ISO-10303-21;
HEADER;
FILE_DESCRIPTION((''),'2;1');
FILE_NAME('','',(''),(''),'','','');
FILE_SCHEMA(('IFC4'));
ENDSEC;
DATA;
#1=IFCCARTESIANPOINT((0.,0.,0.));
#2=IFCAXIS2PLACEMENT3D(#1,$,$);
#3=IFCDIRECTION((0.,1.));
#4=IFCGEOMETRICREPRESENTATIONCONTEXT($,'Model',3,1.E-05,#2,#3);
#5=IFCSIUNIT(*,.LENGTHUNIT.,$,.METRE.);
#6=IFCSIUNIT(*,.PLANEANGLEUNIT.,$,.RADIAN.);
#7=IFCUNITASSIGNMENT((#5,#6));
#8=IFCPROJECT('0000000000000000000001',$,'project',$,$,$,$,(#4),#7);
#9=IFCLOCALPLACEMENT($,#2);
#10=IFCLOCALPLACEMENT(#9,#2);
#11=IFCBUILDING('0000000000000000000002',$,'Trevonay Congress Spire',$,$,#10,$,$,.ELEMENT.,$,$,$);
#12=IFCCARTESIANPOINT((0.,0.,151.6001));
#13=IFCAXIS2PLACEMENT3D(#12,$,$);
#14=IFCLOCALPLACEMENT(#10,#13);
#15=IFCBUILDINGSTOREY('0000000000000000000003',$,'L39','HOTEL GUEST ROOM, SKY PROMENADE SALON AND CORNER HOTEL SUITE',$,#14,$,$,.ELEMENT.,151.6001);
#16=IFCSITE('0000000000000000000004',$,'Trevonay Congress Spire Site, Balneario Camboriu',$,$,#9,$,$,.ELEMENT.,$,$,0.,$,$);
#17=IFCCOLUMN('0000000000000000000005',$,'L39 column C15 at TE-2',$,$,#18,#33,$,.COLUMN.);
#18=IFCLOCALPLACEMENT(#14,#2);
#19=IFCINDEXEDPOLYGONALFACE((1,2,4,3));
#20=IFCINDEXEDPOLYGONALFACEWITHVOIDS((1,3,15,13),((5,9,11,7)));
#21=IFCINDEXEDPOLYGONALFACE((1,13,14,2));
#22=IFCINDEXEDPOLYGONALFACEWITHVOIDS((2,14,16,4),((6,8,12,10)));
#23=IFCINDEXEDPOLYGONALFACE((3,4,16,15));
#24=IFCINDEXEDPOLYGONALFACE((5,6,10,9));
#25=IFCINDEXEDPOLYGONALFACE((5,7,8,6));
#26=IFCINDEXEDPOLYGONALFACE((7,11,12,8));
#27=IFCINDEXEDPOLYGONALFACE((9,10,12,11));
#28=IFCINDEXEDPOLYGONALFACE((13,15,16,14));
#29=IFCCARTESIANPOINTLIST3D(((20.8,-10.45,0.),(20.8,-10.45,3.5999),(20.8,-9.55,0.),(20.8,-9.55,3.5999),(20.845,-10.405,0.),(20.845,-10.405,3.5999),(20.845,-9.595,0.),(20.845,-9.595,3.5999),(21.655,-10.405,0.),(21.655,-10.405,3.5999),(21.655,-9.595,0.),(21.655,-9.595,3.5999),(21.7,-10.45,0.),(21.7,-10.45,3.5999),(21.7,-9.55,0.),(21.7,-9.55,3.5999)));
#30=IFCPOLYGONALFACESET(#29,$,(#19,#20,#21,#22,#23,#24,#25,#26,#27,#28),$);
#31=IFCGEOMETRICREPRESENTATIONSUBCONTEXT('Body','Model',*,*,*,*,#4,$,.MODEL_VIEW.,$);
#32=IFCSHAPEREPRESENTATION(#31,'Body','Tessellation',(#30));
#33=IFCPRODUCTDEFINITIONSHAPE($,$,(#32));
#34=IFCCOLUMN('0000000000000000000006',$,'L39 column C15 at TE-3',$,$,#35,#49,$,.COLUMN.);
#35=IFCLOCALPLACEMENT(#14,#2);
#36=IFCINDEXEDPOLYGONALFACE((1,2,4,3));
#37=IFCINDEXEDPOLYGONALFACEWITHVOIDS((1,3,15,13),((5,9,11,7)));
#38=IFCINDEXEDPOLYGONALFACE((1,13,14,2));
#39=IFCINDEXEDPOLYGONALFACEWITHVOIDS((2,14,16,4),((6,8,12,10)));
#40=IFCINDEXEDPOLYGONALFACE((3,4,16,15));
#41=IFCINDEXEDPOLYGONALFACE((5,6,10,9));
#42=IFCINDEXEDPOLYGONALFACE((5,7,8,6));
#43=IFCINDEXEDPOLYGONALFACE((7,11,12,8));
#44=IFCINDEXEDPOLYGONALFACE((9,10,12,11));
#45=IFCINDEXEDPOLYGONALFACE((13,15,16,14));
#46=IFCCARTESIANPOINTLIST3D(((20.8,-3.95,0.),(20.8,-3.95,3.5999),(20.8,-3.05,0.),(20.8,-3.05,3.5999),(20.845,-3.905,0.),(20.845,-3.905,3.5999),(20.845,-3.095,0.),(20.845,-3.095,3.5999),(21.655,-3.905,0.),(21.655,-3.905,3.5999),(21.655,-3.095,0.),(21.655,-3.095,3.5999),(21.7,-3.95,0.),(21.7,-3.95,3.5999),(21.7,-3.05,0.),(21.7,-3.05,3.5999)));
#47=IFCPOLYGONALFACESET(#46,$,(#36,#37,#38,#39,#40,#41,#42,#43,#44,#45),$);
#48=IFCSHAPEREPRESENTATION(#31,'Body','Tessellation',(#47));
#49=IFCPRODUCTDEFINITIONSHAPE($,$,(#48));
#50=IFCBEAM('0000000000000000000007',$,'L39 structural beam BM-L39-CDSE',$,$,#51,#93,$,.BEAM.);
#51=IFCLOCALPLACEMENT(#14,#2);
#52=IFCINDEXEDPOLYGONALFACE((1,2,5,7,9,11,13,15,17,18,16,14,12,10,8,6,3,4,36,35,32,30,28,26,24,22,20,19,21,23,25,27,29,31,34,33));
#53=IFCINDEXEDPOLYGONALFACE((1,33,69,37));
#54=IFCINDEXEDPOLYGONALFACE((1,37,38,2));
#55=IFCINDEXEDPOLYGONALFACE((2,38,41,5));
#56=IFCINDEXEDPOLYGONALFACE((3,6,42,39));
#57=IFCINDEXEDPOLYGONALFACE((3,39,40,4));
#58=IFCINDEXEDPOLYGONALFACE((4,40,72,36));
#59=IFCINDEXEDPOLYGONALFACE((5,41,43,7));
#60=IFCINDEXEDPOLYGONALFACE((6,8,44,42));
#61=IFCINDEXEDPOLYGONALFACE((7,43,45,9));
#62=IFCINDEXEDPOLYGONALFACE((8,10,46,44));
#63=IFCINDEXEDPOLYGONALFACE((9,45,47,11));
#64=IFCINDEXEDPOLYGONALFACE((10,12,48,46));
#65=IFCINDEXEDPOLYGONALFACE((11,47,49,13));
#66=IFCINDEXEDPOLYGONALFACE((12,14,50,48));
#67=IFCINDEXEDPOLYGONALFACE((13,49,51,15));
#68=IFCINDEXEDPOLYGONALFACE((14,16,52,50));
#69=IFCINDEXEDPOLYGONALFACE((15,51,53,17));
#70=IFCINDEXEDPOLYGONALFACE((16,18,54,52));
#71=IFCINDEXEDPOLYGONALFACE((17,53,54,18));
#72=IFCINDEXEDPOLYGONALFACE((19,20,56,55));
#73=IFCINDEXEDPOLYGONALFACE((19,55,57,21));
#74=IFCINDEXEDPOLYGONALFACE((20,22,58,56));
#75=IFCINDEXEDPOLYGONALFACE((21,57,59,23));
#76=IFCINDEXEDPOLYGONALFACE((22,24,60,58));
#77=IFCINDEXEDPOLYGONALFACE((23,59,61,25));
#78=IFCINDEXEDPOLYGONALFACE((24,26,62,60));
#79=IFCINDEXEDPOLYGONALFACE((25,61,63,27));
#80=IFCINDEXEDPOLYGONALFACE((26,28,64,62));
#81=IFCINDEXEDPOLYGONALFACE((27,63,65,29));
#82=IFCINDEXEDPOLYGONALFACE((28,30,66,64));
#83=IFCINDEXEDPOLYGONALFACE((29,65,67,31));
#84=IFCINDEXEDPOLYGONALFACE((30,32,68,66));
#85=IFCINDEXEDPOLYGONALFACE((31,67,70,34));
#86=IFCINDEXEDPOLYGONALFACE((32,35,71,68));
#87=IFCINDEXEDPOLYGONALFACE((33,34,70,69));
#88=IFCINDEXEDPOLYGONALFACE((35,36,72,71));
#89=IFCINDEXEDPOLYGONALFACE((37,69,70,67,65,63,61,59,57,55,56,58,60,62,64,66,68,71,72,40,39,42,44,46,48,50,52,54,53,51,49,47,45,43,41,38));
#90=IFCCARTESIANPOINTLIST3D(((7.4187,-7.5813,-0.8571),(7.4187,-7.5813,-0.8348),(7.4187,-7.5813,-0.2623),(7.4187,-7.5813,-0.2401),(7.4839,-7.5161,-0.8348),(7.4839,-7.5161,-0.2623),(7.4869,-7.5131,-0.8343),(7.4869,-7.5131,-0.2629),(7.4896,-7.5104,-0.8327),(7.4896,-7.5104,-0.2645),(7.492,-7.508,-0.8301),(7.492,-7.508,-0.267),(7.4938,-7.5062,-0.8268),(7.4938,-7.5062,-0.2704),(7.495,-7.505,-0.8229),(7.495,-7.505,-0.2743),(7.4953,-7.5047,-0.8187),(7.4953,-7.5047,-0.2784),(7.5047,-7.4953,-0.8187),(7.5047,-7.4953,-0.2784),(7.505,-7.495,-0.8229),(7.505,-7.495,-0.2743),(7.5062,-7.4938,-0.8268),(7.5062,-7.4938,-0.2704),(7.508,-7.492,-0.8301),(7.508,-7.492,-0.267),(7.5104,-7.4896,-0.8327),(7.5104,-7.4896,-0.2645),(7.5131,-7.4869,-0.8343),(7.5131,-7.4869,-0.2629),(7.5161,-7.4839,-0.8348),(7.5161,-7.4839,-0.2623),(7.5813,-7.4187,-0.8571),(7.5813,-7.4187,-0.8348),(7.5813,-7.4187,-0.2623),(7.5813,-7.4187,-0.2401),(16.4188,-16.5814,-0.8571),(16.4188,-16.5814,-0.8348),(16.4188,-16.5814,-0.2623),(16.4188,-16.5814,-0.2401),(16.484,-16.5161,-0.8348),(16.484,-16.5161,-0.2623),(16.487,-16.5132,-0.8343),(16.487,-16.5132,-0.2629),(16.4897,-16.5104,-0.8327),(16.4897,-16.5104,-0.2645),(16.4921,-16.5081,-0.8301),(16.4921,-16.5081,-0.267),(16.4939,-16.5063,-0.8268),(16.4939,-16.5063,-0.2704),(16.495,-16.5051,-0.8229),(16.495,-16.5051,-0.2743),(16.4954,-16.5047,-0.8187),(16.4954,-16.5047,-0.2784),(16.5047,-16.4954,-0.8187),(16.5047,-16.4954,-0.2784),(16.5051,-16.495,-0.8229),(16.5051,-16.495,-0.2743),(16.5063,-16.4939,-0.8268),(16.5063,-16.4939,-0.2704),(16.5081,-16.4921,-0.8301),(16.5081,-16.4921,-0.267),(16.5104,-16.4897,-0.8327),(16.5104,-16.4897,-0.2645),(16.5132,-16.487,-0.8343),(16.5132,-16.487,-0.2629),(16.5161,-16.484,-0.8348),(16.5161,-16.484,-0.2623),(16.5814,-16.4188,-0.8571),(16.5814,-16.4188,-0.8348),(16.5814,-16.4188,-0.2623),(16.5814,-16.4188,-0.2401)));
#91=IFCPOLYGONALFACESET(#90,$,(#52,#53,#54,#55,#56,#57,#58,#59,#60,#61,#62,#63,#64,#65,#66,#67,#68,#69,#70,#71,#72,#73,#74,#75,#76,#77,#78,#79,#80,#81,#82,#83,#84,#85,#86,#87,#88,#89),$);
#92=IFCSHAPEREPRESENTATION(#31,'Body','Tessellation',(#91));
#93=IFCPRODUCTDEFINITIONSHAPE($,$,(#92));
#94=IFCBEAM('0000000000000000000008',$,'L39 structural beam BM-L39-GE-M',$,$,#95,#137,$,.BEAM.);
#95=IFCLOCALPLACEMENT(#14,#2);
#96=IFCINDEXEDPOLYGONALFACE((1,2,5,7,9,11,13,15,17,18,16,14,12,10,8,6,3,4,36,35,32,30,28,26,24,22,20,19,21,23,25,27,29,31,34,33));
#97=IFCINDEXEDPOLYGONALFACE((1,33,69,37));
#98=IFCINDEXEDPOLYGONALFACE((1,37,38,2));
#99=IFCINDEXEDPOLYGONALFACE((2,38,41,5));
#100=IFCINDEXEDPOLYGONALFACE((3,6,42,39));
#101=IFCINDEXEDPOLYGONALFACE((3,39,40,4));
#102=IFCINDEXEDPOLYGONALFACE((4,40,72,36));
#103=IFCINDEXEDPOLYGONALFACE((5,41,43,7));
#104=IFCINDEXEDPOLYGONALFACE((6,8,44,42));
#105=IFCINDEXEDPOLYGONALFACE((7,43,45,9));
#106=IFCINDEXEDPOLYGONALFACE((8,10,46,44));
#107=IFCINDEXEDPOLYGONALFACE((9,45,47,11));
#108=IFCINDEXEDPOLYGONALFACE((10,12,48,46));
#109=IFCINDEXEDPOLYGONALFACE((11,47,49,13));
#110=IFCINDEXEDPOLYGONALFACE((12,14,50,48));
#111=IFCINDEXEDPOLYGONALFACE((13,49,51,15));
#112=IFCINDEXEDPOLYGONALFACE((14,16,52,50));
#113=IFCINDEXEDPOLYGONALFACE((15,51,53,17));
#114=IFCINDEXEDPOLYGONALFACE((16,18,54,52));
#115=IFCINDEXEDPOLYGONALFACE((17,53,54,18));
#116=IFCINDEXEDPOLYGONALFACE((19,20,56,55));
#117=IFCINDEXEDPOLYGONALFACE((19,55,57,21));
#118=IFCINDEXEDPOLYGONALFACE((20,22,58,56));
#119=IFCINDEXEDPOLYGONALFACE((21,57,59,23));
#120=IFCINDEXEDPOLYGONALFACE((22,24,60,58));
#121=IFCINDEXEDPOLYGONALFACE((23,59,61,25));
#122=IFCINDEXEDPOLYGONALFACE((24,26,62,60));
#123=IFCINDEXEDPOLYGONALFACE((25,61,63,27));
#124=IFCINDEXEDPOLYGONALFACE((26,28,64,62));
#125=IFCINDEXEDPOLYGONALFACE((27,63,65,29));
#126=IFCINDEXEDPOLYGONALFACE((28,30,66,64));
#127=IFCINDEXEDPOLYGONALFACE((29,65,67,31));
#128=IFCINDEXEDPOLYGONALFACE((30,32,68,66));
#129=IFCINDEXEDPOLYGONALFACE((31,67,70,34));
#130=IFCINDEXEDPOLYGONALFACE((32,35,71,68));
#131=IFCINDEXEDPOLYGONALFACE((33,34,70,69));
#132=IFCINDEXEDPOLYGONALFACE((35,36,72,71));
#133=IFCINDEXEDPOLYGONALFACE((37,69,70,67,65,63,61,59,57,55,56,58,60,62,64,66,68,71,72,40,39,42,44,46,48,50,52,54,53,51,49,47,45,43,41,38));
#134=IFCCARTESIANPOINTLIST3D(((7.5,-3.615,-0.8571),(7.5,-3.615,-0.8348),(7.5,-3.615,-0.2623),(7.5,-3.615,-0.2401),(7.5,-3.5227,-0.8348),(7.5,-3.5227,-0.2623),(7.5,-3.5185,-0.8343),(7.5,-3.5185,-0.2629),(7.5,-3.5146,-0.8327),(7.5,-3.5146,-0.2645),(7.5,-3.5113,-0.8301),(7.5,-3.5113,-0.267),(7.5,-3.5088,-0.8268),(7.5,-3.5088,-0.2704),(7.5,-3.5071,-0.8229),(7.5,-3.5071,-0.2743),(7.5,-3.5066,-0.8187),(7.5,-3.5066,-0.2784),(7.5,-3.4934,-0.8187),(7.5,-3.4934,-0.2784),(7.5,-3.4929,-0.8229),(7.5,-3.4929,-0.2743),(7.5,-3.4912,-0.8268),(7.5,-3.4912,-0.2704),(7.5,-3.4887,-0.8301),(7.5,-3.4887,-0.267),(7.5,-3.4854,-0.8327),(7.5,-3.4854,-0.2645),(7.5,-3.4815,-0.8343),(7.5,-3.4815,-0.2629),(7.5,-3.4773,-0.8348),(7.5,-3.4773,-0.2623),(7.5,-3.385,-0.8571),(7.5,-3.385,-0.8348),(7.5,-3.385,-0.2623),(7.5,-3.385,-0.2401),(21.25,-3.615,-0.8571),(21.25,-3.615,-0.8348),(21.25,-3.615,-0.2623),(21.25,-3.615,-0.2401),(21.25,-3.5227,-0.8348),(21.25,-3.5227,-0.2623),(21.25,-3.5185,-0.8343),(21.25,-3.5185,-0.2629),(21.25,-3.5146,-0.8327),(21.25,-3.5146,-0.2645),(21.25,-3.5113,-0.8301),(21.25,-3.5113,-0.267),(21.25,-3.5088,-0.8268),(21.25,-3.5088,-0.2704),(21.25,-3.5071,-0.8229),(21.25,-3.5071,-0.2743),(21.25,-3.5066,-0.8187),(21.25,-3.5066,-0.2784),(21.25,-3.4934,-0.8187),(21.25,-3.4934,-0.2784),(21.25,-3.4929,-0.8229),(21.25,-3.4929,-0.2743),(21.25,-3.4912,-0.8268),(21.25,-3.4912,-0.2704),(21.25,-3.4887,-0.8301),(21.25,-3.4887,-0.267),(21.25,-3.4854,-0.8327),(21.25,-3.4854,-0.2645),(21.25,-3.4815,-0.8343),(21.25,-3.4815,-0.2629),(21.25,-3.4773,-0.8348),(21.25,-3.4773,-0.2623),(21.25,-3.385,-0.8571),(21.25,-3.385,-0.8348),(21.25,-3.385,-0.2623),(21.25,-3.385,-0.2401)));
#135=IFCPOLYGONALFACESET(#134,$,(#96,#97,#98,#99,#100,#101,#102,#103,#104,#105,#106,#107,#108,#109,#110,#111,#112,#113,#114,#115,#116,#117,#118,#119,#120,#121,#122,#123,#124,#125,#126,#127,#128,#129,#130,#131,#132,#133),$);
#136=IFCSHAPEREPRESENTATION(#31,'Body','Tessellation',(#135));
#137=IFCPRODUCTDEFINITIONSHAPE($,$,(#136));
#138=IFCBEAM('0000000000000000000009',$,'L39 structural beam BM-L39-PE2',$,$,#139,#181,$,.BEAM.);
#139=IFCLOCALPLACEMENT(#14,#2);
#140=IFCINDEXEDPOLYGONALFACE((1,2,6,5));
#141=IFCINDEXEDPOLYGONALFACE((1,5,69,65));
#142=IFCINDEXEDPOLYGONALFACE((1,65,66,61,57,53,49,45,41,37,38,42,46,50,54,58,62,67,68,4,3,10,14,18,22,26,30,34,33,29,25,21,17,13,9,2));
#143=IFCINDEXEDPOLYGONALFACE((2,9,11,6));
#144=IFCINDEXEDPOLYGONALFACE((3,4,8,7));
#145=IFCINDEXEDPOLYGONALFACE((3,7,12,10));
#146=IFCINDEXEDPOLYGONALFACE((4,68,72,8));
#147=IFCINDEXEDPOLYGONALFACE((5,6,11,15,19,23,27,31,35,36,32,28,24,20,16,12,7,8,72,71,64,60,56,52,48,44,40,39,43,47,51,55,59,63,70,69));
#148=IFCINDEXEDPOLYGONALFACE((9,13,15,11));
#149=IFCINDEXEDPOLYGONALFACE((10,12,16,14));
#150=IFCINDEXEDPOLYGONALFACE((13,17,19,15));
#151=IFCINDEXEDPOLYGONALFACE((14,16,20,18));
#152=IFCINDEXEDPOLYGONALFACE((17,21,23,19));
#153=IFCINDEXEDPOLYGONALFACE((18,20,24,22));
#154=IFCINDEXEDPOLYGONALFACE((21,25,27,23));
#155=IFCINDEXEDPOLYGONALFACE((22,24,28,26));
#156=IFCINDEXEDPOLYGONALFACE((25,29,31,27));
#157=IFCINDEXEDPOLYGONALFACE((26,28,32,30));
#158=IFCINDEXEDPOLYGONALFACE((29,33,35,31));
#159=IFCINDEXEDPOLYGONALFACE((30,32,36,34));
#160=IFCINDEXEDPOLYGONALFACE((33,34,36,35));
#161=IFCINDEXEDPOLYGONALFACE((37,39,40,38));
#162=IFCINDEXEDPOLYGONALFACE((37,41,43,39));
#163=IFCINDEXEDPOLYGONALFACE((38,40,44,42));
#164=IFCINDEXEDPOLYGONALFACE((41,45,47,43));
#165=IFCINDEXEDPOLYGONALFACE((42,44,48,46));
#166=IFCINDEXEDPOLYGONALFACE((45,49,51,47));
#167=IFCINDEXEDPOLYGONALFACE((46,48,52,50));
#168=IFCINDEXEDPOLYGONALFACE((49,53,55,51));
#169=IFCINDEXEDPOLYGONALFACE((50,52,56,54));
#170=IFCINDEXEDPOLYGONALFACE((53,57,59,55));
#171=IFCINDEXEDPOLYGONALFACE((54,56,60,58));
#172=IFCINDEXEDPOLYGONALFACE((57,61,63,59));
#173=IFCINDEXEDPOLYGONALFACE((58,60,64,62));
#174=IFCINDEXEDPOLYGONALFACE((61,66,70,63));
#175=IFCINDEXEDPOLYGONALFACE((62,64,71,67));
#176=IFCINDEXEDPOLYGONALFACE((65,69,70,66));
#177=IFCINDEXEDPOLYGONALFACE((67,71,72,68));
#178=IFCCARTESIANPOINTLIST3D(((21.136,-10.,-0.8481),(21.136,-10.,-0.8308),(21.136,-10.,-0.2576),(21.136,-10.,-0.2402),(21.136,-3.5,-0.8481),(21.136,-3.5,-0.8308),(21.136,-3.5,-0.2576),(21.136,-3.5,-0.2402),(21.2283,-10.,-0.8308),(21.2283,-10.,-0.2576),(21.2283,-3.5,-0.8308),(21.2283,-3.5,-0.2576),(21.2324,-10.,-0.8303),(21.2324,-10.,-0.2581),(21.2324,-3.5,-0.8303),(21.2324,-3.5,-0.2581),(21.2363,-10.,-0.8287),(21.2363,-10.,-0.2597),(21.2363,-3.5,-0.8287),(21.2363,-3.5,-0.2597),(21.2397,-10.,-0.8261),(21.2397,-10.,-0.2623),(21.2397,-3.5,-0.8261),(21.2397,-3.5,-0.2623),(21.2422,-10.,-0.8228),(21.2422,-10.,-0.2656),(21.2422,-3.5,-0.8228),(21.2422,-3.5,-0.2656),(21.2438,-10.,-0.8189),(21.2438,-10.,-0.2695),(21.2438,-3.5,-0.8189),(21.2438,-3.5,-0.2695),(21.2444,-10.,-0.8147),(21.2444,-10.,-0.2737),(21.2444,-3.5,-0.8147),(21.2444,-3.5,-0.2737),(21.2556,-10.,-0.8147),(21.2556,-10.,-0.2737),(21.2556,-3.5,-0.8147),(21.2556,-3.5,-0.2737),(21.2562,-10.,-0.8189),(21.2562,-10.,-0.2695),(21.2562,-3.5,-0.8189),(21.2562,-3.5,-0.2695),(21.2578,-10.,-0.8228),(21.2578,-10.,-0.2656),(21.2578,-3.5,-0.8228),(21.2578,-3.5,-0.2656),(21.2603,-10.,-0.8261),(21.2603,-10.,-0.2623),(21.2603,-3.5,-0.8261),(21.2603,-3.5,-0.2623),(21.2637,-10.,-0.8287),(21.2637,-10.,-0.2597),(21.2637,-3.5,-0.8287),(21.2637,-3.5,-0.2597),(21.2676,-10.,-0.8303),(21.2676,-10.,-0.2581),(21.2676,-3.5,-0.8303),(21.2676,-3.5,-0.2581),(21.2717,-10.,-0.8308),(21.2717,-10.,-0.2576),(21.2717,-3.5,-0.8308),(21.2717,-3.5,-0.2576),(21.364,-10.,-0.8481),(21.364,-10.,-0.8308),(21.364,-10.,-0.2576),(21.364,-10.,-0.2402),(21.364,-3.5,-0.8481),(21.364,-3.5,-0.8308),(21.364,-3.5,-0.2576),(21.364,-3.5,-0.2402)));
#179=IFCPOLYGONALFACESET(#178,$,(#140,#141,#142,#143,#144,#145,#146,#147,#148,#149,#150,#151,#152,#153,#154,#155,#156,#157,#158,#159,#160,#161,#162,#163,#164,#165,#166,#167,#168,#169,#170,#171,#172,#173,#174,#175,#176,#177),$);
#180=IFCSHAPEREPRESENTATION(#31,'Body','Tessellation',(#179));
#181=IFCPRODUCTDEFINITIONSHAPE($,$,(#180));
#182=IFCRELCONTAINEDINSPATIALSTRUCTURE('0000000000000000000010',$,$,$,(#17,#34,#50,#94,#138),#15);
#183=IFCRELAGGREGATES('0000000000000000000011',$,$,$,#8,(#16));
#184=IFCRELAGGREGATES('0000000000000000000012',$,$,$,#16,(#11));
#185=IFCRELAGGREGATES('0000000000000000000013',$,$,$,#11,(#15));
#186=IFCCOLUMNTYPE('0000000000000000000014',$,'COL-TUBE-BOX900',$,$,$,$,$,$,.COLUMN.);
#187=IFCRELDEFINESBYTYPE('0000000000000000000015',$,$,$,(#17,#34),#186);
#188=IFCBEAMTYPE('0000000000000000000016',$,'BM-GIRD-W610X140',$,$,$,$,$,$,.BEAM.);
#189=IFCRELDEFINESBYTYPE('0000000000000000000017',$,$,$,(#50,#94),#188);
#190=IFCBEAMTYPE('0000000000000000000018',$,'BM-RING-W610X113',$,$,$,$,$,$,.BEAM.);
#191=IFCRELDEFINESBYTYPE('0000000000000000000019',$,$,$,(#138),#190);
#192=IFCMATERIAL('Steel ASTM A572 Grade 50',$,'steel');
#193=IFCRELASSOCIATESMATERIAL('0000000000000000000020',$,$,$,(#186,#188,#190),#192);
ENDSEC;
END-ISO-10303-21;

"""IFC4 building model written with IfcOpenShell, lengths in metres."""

from ifc_helpers import new_model, si_unit, direction, frame, origin, origin_2d, place, context, subcontext, project, spatial, hollow_rectangle, i_section, extrude, material, material_profile, profile_set, type_object, element, save


model = new_model("IFC4")

# Units and contexts
model_context = context("Model", 3, precision=1e-05, world=origin(), true_north=direction((0.0, 1.0)))
body_context = subcontext(model_context, "Body", "Model", "MODEL_VIEW")
ifc_project = project(units=[si_unit("LENGTHUNIT", "METRE"), si_unit("PLANEANGLEUNIT", "RADIAN")], contexts=[model_context])

# Site, building, storey
site_placement = place(None, origin())
site = spatial("IfcSite", under=ifc_project, at=site_placement, Name="Trevonay Congress Spire Site, Balneario Camboriu", CompositionType="ELEMENT", RefElevation=0.0)
building_placement = place(site_placement, origin())
building = spatial("IfcBuilding", under=site, at=building_placement, Name="Trevonay Congress Spire", CompositionType="ELEMENT")
storey_placement = place(building_placement, frame((0.0, 0.0, 151.6001)))
storey = spatial("IfcBuildingStorey", under=building, at=storey_placement, Name="L39", Description="HOTEL GUEST ROOM, SKY PROMENADE SALON AND CORNER HOTEL SUITE", CompositionType="ELEMENT", Elevation=151.6001)

# Columns
ifc_material_1 = material(Name="Steel ASTM A572 Grade 50", Category="steel")
ifc_material_profile_1 = material_profile(ifc_material_1, hollow_rectangle(XDim=0.8999, YDim=0.8999, WallThickness=0.0449, at=origin_2d()), Name="BOX 900x900x45")
ifc_profile_set_1 = profile_set([ifc_material_profile_1], Name="Steel ASTM A572 Grade 50")
column_type = type_object("IfcColumnType", Name="COL-TUBE-BOX900", PredefinedType="COLUMN", material=ifc_profile_set_1)
for number, where, z_axis, x_axis, name in (
    (1, (21.25, -10.0, 0.0), (0.0, 0.0, 1.0), (1.0, 0.0, 0.0), "L39 column C15 at TE-2"),
    (2, (21.25, -3.5, 0.0), (0.0, 0.0, 1.0), (1.0, 0.0, 0.0), "L39 column C15 at TE-3"),
):
    element("IfcColumn", number, at=place(storey_placement, frame(where, z_axis=z_axis, x_axis=x_axis)), inside=storey, type_object=column_type, Name=name, PredefinedType="COLUMN", context=body_context, shape_type="SweptSolid", body=[
        extrude(hollow_rectangle(XDim=0.8999, YDim=0.8999, WallThickness=0.0449, at=origin_2d()), origin(), (0.0, 0.0, 1.0), 3.5999),
    ])

# Beams
ifc_material_profile_2 = material_profile(ifc_material_1, i_section(OverallWidth=0.23, OverallDepth=0.6169, WebThickness=0.0132, FlangeThickness=0.0222, FilletRadius=0.0161, at=origin_2d()), Name="W610x140")
ifc_profile_set_2 = profile_set([ifc_material_profile_2], Name="Steel ASTM A572 Grade 50")
beam_type_1 = type_object("IfcBeamType", Name="BM-GIRD-W610X140", PredefinedType="BEAM", material=ifc_profile_set_2)
beam_1_placement = place(storey_placement, frame((7.5, -7.5, -0.5486), z_axis=(0.707107, -0.707107, 0.0), x_axis=(0.707107, 0.707107, 0.0)))
element("IfcBeam", 3, at=beam_1_placement, inside=storey, type_object=beam_type_1, Name="L39 structural beam BM-L39-CDSE", PredefinedType="BEAM", context=body_context, shape_type="SweptSolid", body=[
    extrude(i_section(OverallWidth=0.23, OverallDepth=0.6169, WebThickness=0.0132, FlangeThickness=0.0222, FilletRadius=0.0161, at=origin_2d()), origin(), (0.0, 0.0, 1.0), 12.728),
])
beam_2_placement = place(storey_placement, frame((7.5, -3.5, -0.5486), z_axis=(1.0, 0.0, 0.0), x_axis=(0.0, 1.0, 0.0)))
element("IfcBeam", 4, at=beam_2_placement, inside=storey, type_object=beam_type_1, Name="L39 structural beam BM-L39-GE-M", PredefinedType="BEAM", context=body_context, shape_type="SweptSolid", body=[
    extrude(i_section(OverallWidth=0.23, OverallDepth=0.6169, WebThickness=0.0132, FlangeThickness=0.0222, FilletRadius=0.0161, at=origin_2d()), origin(), (0.0, 0.0, 1.0), 13.75),
])
ifc_material_profile_3 = material_profile(ifc_material_1, i_section(OverallWidth=0.228, OverallDepth=0.6079, WebThickness=0.0112, FlangeThickness=0.0173, FilletRadius=0.0161, at=origin_2d()), Name="W610x113")
ifc_profile_set_3 = profile_set([ifc_material_profile_3], Name="Steel ASTM A572 Grade 50")
beam_type_2 = type_object("IfcBeamType", Name="BM-RING-W610X113", PredefinedType="BEAM", material=ifc_profile_set_3)
beam_3_placement = place(storey_placement, frame((21.25, -10.0, -0.5442), z_axis=(0.0, 1.0, 0.0), x_axis=(-1.0, 0.0, 0.0)))
element("IfcBeam", 5, at=beam_3_placement, inside=storey, type_object=beam_type_2, Name="L39 structural beam BM-L39-PE2", PredefinedType="BEAM", context=body_context, shape_type="SweptSolid", body=[
    extrude(i_section(OverallWidth=0.228, OverallDepth=0.6079, WebThickness=0.0112, FlangeThickness=0.0173, FilletRadius=0.0161, at=origin_2d()), origin(), (0.0, 0.0, 1.0), 6.5),
])

save(model, "model.ifc")
